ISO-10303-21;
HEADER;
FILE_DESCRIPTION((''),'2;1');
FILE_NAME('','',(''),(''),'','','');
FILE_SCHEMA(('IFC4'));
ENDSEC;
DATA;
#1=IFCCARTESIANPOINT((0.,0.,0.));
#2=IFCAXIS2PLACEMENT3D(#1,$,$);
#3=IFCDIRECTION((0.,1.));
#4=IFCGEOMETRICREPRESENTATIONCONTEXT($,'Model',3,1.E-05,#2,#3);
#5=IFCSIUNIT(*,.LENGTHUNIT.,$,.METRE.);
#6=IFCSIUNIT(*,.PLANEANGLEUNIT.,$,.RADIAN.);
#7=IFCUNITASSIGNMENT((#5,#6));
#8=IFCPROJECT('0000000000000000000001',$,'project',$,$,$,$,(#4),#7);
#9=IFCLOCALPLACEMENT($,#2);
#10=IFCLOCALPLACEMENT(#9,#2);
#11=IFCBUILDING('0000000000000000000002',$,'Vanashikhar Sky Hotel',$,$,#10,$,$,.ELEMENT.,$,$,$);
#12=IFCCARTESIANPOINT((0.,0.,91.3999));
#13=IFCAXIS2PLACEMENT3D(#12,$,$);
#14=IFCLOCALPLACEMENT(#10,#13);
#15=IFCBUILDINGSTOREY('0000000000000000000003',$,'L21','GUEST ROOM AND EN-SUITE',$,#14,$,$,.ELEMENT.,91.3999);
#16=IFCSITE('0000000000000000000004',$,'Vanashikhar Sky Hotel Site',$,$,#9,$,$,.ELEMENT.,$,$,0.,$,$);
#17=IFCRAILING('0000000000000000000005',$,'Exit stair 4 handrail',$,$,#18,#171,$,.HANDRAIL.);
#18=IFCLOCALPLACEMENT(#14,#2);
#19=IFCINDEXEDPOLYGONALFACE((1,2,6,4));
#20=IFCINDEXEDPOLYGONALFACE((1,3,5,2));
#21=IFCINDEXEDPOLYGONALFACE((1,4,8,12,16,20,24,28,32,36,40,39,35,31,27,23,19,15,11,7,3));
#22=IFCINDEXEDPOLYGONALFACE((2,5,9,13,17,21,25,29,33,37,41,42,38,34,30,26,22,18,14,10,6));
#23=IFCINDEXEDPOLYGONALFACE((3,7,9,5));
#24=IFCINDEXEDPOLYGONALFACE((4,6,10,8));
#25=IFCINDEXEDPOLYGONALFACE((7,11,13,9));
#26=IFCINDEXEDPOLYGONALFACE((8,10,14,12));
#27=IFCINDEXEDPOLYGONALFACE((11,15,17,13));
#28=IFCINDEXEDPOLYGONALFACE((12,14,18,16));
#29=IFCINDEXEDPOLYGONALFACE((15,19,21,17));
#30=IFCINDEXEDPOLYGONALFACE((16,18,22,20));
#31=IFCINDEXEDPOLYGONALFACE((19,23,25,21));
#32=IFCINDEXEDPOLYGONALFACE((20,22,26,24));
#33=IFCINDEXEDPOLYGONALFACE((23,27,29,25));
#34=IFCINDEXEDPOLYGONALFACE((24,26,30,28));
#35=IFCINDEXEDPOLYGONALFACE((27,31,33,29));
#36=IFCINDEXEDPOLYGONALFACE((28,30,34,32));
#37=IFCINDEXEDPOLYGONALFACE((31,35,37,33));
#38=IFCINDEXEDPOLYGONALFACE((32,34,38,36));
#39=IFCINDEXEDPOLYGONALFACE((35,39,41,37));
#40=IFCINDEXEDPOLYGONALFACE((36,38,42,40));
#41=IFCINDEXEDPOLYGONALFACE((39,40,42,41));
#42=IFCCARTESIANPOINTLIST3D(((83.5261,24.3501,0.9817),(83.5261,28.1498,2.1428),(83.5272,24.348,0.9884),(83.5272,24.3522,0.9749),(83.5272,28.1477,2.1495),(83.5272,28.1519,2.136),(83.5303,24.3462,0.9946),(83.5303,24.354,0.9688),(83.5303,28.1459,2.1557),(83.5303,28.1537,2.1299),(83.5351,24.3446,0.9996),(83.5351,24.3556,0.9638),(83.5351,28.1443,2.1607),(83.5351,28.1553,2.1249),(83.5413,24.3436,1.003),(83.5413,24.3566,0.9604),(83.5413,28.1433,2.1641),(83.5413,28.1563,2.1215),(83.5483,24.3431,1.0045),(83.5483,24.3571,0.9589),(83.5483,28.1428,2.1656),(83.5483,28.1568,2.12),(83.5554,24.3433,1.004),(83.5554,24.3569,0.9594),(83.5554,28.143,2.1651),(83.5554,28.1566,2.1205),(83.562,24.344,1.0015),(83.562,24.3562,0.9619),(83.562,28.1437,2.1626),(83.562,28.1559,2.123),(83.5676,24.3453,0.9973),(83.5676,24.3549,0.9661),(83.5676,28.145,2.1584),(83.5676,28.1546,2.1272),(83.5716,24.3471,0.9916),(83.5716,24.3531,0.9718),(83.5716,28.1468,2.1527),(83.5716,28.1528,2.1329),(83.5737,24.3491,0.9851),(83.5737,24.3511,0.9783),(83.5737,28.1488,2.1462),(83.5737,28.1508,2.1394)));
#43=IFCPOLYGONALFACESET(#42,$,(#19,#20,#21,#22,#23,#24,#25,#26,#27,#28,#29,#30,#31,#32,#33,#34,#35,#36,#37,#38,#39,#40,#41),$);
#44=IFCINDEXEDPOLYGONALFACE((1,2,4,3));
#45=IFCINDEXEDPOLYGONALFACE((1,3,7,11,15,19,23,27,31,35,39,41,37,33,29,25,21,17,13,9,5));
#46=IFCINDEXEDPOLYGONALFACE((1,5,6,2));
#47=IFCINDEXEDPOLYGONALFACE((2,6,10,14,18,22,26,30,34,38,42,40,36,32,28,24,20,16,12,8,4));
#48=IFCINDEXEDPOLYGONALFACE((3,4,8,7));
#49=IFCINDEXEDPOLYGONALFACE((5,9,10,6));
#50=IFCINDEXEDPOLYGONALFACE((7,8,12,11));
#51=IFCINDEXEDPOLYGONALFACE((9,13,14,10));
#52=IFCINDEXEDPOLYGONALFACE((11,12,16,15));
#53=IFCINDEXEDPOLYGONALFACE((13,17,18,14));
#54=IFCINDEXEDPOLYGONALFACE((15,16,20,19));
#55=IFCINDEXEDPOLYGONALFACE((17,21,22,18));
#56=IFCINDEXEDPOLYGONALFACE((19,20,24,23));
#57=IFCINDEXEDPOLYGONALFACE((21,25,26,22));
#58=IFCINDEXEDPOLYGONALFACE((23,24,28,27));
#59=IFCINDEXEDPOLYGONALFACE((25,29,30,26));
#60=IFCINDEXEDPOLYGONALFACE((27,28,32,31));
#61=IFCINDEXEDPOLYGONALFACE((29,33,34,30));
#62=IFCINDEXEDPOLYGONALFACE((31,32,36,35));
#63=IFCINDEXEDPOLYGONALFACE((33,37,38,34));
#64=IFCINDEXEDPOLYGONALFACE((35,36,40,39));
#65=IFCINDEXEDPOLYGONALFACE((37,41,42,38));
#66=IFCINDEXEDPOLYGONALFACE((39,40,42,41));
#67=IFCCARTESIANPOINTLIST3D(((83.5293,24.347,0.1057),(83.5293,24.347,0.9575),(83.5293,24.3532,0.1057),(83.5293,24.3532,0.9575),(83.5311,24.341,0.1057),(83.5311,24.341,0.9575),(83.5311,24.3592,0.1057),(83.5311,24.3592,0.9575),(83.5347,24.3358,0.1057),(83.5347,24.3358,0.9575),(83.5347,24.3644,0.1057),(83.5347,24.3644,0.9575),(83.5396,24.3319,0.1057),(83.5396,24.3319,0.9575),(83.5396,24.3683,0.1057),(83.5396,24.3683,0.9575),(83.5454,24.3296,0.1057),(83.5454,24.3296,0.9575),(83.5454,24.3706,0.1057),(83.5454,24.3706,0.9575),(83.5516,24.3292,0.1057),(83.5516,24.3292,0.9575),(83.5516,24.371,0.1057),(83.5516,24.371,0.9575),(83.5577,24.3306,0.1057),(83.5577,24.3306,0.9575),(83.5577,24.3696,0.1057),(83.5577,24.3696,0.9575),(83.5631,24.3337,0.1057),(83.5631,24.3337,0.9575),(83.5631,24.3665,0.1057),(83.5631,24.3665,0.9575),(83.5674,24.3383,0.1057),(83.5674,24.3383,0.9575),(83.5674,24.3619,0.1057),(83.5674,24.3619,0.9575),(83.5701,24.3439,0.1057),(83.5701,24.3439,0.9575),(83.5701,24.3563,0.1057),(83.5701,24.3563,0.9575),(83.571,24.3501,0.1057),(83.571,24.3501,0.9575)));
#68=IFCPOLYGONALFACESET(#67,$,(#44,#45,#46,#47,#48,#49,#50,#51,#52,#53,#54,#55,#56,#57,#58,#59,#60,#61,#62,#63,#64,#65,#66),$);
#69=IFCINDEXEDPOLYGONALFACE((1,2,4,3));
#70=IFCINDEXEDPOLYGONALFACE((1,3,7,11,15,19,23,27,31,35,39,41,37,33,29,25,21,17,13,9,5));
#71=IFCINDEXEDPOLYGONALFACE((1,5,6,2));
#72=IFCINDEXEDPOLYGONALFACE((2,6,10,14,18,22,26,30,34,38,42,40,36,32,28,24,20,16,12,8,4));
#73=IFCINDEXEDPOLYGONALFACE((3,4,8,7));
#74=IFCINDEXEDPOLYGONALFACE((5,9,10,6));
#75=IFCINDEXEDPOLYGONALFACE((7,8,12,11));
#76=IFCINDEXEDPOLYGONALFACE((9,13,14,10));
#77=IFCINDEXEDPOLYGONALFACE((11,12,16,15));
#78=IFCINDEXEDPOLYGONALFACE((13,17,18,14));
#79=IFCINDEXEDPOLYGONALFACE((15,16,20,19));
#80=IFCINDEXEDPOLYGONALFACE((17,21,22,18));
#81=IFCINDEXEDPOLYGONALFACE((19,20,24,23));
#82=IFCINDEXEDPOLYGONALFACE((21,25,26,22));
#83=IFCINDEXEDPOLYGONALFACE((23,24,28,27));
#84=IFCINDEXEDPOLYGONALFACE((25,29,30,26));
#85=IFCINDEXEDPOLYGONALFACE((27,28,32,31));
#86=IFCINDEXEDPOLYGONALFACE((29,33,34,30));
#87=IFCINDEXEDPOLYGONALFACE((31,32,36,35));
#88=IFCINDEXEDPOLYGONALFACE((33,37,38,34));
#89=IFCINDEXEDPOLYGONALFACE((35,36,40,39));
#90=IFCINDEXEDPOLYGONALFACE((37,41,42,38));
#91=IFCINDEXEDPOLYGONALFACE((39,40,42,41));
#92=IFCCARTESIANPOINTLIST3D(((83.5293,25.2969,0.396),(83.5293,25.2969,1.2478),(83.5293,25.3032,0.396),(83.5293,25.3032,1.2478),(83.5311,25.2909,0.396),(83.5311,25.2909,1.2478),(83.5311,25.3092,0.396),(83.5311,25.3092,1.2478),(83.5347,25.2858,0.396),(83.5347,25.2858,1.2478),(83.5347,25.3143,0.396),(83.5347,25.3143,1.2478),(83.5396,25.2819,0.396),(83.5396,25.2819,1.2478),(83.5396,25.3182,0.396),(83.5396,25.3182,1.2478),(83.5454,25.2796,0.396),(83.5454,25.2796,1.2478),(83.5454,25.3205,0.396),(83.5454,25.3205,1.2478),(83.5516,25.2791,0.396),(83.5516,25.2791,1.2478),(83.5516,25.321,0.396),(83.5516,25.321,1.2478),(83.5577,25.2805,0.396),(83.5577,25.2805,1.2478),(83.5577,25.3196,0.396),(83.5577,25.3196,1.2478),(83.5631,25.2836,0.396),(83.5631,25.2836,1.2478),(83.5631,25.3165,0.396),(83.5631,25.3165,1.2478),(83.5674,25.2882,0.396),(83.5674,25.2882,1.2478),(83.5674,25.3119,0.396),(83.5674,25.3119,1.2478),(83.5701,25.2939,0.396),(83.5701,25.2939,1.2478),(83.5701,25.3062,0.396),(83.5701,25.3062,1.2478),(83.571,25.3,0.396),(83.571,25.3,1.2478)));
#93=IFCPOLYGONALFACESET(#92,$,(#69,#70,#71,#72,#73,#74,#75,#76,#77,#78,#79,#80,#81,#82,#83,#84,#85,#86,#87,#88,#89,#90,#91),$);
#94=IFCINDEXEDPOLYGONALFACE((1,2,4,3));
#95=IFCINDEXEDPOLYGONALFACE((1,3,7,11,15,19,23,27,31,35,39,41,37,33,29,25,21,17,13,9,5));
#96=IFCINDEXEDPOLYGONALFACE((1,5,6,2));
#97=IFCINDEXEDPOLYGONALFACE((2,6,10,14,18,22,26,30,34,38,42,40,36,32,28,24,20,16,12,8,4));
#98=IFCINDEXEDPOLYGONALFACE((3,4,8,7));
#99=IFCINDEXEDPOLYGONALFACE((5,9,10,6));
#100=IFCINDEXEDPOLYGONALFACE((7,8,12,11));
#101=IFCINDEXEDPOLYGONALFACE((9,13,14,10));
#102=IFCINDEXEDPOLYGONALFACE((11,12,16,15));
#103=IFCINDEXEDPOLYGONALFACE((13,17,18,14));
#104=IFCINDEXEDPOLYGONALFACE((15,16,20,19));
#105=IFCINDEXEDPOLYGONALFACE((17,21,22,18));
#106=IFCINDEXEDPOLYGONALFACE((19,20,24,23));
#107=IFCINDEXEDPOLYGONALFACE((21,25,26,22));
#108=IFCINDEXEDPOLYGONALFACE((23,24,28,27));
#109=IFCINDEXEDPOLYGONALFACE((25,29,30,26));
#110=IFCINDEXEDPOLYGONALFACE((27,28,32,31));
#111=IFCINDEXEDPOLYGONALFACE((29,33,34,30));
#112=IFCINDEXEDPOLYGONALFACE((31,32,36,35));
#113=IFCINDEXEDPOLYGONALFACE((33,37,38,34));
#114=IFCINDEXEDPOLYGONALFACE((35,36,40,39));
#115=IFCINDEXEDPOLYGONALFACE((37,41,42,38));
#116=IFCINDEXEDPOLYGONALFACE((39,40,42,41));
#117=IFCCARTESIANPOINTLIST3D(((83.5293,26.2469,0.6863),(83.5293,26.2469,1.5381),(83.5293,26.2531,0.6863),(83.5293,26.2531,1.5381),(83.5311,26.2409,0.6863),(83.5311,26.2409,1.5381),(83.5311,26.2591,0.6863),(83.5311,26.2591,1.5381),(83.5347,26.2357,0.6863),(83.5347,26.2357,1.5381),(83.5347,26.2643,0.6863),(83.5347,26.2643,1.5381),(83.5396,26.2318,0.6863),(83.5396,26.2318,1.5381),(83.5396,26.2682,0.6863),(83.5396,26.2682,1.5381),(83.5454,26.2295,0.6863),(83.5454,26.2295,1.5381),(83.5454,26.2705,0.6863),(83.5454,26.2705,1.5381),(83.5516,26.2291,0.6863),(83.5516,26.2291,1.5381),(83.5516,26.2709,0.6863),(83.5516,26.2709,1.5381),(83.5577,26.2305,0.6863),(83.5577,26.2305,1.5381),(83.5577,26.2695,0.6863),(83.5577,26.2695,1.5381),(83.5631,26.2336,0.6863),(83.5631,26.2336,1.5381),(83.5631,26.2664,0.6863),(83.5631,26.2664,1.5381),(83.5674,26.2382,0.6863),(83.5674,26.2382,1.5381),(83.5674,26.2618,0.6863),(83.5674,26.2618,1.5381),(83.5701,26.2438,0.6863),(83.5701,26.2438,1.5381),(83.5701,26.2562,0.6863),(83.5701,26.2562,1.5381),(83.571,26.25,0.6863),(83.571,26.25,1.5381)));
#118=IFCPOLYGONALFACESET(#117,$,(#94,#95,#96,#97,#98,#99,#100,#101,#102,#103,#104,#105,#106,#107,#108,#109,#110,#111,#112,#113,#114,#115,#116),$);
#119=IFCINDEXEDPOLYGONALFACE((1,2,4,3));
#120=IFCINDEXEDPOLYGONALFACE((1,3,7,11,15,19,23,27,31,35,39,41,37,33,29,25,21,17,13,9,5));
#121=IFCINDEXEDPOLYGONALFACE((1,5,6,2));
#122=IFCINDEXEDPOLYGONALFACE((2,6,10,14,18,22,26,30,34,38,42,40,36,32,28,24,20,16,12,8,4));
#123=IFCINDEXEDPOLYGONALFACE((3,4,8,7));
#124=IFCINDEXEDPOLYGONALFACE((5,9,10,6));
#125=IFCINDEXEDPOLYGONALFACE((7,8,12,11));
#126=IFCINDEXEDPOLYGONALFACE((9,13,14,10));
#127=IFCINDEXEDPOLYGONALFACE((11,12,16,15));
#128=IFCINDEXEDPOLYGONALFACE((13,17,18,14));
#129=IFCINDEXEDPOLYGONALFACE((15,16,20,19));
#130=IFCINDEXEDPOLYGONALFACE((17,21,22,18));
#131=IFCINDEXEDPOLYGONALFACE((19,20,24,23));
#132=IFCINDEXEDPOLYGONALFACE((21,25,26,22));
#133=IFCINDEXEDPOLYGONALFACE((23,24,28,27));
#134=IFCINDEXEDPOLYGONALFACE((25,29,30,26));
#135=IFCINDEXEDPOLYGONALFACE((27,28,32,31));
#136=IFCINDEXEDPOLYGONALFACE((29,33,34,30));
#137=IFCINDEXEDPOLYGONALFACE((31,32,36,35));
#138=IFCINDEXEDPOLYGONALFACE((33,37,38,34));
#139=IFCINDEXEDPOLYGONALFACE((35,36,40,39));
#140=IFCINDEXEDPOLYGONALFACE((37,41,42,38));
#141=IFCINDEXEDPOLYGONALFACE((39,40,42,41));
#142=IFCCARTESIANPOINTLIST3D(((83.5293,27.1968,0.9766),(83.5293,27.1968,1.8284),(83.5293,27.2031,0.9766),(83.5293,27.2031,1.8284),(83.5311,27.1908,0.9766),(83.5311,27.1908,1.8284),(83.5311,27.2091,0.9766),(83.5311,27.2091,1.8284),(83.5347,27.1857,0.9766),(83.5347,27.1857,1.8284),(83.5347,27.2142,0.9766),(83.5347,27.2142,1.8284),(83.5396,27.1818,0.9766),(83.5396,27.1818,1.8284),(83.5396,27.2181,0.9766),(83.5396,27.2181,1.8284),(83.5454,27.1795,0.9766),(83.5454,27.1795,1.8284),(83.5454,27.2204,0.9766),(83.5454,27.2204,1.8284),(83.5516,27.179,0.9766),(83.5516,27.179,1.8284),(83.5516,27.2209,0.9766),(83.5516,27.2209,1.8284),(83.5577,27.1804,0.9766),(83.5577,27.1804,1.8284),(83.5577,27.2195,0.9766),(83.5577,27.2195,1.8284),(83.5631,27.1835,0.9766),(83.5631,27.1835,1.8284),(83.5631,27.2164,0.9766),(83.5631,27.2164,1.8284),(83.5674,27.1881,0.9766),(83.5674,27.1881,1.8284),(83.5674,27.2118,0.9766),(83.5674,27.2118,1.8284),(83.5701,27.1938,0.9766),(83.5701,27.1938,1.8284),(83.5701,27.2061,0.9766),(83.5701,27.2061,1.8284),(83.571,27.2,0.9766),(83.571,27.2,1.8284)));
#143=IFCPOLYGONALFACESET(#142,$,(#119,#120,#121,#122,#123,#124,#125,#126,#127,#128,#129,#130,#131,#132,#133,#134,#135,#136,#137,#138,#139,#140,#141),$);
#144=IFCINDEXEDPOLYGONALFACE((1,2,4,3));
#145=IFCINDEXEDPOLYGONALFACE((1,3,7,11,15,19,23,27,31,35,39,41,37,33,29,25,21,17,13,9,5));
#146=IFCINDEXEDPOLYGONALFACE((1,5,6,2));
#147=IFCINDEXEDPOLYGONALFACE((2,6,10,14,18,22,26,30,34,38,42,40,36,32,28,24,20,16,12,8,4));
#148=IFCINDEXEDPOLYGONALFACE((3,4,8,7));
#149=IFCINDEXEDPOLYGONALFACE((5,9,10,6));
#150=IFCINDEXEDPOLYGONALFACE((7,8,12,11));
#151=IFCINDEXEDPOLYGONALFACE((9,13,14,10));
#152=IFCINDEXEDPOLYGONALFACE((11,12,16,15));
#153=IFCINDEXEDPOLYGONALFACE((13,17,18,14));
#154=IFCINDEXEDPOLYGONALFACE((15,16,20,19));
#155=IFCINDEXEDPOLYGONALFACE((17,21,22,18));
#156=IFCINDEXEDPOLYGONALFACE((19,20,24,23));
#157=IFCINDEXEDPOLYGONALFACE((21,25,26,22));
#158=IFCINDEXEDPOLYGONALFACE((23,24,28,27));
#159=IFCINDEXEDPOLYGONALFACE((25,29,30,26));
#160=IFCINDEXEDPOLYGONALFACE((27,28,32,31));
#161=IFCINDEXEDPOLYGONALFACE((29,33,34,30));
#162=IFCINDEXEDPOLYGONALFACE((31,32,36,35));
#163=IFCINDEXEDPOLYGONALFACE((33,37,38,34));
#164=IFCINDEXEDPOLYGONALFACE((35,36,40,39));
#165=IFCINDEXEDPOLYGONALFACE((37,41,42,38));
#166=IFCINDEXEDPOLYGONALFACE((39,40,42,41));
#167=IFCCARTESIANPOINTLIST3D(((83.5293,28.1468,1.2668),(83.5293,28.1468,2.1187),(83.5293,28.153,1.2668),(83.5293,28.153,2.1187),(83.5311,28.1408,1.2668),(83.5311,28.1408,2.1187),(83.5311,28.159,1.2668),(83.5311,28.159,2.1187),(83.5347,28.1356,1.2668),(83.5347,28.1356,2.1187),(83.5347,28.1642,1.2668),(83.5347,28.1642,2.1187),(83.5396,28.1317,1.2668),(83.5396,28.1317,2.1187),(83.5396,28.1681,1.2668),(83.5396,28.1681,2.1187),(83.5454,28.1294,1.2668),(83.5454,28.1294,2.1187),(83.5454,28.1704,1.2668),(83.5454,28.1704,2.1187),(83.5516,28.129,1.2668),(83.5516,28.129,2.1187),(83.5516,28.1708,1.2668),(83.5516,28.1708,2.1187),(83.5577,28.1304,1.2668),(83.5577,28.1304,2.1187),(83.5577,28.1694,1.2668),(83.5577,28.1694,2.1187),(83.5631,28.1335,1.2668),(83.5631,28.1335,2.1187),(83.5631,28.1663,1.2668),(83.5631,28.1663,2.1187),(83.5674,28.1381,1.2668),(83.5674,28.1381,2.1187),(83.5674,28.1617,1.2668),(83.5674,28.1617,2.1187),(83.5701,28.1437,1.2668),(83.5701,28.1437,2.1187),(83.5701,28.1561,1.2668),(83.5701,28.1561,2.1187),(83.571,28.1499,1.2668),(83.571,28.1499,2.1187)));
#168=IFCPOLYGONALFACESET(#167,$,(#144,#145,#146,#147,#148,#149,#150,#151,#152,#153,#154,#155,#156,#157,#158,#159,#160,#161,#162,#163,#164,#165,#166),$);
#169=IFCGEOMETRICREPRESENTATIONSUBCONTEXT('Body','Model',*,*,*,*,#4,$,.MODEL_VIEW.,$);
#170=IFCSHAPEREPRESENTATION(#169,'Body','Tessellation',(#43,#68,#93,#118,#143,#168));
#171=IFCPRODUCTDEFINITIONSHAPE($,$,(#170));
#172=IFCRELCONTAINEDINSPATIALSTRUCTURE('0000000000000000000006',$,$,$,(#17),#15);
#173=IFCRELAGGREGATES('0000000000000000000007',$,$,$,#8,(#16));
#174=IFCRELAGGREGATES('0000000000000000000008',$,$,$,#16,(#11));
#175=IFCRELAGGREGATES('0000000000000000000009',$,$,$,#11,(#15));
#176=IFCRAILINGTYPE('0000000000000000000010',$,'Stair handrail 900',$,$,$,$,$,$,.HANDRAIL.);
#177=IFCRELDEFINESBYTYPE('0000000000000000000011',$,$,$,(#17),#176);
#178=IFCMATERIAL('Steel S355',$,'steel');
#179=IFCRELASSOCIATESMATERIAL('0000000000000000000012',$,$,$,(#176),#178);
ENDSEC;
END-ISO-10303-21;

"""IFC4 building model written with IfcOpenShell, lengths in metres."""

from ifc_helpers import new_model, si_unit, direction, frame, origin, origin_2d, place, context, subcontext, project, spatial, circle, extrude, source, transform, mapped, material, type_object, element, save


model = new_model("IFC4")

# Units and contexts
model_context = context("Model", 3, precision=1e-05, world=origin(), true_north=direction((0.0, 1.0)))
body_context = subcontext(model_context, "Body", "Model", "MODEL_VIEW")
ifc_project = project(units=[si_unit("LENGTHUNIT", "METRE"), si_unit("PLANEANGLEUNIT", "RADIAN")], contexts=[model_context])

# Site, building, storey
site_placement = place(None, origin())
site = spatial("IfcSite", under=ifc_project, at=site_placement, Name="Vanashikhar Sky Hotel Site", CompositionType="ELEMENT", RefElevation=0.0)
building_placement = place(site_placement, origin())
building = spatial("IfcBuilding", under=site, at=building_placement, Name="Vanashikhar Sky Hotel", CompositionType="ELEMENT")
storey_placement = place(building_placement, frame((0.0, 0.0, 91.3999)))
storey = spatial("IfcBuildingStorey", under=building, at=storey_placement, Name="L21", Description="GUEST ROOM AND EN-SUITE", CompositionType="ELEMENT", Elevation=91.3999)

# Railing
ifc_material_1 = material(Name="Steel S355", Category="steel")
railing_type_1 = type_object("IfcRailingType", Name="Stair handrail 900", PredefinedType="HANDRAIL", material=ifc_material_1)
shared_shape_1 = source(origin(), body_context, "Body", "SweptSolid", [
    extrude(circle(Radius=0.0239, at=origin_2d()), frame((0.0, 0.0, 0.876), z_axis=(0.0, 0.956346, 0.292237), x_axis=(-1.0, 0.0, 0.0)), (0.0, 0.0, 1.0), 3.9731),
    extrude(circle(Radius=0.021, at=origin_2d()), origin(), (0.0, 0.0, 1.0), 0.8518),
    extrude(circle(Radius=0.021, at=origin_2d()), frame((0.0, 0.95, 0.2903)), (0.0, 0.0, 1.0), 0.8518),
    extrude(circle(Radius=0.021, at=origin_2d()), frame((0.0, 1.8999, 0.5806)), (0.0, 0.0, 1.0), 0.8518),
    extrude(circle(Radius=0.021, at=origin_2d()), frame((0.0, 2.8499, 0.8708)), (0.0, 0.0, 1.0), 0.8518),
    extrude(circle(Radius=0.021, at=origin_2d()), frame((0.0, 3.7998, 1.1611)), (0.0, 0.0, 1.0), 0.8518),
])
for number, where, name in (
    (1, (83.55, 24.3501, 0.1057), "Exit stair 4 handrail"),
):
    element("IfcRailing", number, at=place(storey_placement, frame(where)), inside=storey, type_object=railing_type_1, Name=name, PredefinedType="HANDRAIL", context=body_context, shape_type="MappedRepresentation", body=[
        mapped(shared_shape_1, transform((0.0, 0.0, 0.0), scale=1.0)),
    ])

save(model, "model.ifc")
